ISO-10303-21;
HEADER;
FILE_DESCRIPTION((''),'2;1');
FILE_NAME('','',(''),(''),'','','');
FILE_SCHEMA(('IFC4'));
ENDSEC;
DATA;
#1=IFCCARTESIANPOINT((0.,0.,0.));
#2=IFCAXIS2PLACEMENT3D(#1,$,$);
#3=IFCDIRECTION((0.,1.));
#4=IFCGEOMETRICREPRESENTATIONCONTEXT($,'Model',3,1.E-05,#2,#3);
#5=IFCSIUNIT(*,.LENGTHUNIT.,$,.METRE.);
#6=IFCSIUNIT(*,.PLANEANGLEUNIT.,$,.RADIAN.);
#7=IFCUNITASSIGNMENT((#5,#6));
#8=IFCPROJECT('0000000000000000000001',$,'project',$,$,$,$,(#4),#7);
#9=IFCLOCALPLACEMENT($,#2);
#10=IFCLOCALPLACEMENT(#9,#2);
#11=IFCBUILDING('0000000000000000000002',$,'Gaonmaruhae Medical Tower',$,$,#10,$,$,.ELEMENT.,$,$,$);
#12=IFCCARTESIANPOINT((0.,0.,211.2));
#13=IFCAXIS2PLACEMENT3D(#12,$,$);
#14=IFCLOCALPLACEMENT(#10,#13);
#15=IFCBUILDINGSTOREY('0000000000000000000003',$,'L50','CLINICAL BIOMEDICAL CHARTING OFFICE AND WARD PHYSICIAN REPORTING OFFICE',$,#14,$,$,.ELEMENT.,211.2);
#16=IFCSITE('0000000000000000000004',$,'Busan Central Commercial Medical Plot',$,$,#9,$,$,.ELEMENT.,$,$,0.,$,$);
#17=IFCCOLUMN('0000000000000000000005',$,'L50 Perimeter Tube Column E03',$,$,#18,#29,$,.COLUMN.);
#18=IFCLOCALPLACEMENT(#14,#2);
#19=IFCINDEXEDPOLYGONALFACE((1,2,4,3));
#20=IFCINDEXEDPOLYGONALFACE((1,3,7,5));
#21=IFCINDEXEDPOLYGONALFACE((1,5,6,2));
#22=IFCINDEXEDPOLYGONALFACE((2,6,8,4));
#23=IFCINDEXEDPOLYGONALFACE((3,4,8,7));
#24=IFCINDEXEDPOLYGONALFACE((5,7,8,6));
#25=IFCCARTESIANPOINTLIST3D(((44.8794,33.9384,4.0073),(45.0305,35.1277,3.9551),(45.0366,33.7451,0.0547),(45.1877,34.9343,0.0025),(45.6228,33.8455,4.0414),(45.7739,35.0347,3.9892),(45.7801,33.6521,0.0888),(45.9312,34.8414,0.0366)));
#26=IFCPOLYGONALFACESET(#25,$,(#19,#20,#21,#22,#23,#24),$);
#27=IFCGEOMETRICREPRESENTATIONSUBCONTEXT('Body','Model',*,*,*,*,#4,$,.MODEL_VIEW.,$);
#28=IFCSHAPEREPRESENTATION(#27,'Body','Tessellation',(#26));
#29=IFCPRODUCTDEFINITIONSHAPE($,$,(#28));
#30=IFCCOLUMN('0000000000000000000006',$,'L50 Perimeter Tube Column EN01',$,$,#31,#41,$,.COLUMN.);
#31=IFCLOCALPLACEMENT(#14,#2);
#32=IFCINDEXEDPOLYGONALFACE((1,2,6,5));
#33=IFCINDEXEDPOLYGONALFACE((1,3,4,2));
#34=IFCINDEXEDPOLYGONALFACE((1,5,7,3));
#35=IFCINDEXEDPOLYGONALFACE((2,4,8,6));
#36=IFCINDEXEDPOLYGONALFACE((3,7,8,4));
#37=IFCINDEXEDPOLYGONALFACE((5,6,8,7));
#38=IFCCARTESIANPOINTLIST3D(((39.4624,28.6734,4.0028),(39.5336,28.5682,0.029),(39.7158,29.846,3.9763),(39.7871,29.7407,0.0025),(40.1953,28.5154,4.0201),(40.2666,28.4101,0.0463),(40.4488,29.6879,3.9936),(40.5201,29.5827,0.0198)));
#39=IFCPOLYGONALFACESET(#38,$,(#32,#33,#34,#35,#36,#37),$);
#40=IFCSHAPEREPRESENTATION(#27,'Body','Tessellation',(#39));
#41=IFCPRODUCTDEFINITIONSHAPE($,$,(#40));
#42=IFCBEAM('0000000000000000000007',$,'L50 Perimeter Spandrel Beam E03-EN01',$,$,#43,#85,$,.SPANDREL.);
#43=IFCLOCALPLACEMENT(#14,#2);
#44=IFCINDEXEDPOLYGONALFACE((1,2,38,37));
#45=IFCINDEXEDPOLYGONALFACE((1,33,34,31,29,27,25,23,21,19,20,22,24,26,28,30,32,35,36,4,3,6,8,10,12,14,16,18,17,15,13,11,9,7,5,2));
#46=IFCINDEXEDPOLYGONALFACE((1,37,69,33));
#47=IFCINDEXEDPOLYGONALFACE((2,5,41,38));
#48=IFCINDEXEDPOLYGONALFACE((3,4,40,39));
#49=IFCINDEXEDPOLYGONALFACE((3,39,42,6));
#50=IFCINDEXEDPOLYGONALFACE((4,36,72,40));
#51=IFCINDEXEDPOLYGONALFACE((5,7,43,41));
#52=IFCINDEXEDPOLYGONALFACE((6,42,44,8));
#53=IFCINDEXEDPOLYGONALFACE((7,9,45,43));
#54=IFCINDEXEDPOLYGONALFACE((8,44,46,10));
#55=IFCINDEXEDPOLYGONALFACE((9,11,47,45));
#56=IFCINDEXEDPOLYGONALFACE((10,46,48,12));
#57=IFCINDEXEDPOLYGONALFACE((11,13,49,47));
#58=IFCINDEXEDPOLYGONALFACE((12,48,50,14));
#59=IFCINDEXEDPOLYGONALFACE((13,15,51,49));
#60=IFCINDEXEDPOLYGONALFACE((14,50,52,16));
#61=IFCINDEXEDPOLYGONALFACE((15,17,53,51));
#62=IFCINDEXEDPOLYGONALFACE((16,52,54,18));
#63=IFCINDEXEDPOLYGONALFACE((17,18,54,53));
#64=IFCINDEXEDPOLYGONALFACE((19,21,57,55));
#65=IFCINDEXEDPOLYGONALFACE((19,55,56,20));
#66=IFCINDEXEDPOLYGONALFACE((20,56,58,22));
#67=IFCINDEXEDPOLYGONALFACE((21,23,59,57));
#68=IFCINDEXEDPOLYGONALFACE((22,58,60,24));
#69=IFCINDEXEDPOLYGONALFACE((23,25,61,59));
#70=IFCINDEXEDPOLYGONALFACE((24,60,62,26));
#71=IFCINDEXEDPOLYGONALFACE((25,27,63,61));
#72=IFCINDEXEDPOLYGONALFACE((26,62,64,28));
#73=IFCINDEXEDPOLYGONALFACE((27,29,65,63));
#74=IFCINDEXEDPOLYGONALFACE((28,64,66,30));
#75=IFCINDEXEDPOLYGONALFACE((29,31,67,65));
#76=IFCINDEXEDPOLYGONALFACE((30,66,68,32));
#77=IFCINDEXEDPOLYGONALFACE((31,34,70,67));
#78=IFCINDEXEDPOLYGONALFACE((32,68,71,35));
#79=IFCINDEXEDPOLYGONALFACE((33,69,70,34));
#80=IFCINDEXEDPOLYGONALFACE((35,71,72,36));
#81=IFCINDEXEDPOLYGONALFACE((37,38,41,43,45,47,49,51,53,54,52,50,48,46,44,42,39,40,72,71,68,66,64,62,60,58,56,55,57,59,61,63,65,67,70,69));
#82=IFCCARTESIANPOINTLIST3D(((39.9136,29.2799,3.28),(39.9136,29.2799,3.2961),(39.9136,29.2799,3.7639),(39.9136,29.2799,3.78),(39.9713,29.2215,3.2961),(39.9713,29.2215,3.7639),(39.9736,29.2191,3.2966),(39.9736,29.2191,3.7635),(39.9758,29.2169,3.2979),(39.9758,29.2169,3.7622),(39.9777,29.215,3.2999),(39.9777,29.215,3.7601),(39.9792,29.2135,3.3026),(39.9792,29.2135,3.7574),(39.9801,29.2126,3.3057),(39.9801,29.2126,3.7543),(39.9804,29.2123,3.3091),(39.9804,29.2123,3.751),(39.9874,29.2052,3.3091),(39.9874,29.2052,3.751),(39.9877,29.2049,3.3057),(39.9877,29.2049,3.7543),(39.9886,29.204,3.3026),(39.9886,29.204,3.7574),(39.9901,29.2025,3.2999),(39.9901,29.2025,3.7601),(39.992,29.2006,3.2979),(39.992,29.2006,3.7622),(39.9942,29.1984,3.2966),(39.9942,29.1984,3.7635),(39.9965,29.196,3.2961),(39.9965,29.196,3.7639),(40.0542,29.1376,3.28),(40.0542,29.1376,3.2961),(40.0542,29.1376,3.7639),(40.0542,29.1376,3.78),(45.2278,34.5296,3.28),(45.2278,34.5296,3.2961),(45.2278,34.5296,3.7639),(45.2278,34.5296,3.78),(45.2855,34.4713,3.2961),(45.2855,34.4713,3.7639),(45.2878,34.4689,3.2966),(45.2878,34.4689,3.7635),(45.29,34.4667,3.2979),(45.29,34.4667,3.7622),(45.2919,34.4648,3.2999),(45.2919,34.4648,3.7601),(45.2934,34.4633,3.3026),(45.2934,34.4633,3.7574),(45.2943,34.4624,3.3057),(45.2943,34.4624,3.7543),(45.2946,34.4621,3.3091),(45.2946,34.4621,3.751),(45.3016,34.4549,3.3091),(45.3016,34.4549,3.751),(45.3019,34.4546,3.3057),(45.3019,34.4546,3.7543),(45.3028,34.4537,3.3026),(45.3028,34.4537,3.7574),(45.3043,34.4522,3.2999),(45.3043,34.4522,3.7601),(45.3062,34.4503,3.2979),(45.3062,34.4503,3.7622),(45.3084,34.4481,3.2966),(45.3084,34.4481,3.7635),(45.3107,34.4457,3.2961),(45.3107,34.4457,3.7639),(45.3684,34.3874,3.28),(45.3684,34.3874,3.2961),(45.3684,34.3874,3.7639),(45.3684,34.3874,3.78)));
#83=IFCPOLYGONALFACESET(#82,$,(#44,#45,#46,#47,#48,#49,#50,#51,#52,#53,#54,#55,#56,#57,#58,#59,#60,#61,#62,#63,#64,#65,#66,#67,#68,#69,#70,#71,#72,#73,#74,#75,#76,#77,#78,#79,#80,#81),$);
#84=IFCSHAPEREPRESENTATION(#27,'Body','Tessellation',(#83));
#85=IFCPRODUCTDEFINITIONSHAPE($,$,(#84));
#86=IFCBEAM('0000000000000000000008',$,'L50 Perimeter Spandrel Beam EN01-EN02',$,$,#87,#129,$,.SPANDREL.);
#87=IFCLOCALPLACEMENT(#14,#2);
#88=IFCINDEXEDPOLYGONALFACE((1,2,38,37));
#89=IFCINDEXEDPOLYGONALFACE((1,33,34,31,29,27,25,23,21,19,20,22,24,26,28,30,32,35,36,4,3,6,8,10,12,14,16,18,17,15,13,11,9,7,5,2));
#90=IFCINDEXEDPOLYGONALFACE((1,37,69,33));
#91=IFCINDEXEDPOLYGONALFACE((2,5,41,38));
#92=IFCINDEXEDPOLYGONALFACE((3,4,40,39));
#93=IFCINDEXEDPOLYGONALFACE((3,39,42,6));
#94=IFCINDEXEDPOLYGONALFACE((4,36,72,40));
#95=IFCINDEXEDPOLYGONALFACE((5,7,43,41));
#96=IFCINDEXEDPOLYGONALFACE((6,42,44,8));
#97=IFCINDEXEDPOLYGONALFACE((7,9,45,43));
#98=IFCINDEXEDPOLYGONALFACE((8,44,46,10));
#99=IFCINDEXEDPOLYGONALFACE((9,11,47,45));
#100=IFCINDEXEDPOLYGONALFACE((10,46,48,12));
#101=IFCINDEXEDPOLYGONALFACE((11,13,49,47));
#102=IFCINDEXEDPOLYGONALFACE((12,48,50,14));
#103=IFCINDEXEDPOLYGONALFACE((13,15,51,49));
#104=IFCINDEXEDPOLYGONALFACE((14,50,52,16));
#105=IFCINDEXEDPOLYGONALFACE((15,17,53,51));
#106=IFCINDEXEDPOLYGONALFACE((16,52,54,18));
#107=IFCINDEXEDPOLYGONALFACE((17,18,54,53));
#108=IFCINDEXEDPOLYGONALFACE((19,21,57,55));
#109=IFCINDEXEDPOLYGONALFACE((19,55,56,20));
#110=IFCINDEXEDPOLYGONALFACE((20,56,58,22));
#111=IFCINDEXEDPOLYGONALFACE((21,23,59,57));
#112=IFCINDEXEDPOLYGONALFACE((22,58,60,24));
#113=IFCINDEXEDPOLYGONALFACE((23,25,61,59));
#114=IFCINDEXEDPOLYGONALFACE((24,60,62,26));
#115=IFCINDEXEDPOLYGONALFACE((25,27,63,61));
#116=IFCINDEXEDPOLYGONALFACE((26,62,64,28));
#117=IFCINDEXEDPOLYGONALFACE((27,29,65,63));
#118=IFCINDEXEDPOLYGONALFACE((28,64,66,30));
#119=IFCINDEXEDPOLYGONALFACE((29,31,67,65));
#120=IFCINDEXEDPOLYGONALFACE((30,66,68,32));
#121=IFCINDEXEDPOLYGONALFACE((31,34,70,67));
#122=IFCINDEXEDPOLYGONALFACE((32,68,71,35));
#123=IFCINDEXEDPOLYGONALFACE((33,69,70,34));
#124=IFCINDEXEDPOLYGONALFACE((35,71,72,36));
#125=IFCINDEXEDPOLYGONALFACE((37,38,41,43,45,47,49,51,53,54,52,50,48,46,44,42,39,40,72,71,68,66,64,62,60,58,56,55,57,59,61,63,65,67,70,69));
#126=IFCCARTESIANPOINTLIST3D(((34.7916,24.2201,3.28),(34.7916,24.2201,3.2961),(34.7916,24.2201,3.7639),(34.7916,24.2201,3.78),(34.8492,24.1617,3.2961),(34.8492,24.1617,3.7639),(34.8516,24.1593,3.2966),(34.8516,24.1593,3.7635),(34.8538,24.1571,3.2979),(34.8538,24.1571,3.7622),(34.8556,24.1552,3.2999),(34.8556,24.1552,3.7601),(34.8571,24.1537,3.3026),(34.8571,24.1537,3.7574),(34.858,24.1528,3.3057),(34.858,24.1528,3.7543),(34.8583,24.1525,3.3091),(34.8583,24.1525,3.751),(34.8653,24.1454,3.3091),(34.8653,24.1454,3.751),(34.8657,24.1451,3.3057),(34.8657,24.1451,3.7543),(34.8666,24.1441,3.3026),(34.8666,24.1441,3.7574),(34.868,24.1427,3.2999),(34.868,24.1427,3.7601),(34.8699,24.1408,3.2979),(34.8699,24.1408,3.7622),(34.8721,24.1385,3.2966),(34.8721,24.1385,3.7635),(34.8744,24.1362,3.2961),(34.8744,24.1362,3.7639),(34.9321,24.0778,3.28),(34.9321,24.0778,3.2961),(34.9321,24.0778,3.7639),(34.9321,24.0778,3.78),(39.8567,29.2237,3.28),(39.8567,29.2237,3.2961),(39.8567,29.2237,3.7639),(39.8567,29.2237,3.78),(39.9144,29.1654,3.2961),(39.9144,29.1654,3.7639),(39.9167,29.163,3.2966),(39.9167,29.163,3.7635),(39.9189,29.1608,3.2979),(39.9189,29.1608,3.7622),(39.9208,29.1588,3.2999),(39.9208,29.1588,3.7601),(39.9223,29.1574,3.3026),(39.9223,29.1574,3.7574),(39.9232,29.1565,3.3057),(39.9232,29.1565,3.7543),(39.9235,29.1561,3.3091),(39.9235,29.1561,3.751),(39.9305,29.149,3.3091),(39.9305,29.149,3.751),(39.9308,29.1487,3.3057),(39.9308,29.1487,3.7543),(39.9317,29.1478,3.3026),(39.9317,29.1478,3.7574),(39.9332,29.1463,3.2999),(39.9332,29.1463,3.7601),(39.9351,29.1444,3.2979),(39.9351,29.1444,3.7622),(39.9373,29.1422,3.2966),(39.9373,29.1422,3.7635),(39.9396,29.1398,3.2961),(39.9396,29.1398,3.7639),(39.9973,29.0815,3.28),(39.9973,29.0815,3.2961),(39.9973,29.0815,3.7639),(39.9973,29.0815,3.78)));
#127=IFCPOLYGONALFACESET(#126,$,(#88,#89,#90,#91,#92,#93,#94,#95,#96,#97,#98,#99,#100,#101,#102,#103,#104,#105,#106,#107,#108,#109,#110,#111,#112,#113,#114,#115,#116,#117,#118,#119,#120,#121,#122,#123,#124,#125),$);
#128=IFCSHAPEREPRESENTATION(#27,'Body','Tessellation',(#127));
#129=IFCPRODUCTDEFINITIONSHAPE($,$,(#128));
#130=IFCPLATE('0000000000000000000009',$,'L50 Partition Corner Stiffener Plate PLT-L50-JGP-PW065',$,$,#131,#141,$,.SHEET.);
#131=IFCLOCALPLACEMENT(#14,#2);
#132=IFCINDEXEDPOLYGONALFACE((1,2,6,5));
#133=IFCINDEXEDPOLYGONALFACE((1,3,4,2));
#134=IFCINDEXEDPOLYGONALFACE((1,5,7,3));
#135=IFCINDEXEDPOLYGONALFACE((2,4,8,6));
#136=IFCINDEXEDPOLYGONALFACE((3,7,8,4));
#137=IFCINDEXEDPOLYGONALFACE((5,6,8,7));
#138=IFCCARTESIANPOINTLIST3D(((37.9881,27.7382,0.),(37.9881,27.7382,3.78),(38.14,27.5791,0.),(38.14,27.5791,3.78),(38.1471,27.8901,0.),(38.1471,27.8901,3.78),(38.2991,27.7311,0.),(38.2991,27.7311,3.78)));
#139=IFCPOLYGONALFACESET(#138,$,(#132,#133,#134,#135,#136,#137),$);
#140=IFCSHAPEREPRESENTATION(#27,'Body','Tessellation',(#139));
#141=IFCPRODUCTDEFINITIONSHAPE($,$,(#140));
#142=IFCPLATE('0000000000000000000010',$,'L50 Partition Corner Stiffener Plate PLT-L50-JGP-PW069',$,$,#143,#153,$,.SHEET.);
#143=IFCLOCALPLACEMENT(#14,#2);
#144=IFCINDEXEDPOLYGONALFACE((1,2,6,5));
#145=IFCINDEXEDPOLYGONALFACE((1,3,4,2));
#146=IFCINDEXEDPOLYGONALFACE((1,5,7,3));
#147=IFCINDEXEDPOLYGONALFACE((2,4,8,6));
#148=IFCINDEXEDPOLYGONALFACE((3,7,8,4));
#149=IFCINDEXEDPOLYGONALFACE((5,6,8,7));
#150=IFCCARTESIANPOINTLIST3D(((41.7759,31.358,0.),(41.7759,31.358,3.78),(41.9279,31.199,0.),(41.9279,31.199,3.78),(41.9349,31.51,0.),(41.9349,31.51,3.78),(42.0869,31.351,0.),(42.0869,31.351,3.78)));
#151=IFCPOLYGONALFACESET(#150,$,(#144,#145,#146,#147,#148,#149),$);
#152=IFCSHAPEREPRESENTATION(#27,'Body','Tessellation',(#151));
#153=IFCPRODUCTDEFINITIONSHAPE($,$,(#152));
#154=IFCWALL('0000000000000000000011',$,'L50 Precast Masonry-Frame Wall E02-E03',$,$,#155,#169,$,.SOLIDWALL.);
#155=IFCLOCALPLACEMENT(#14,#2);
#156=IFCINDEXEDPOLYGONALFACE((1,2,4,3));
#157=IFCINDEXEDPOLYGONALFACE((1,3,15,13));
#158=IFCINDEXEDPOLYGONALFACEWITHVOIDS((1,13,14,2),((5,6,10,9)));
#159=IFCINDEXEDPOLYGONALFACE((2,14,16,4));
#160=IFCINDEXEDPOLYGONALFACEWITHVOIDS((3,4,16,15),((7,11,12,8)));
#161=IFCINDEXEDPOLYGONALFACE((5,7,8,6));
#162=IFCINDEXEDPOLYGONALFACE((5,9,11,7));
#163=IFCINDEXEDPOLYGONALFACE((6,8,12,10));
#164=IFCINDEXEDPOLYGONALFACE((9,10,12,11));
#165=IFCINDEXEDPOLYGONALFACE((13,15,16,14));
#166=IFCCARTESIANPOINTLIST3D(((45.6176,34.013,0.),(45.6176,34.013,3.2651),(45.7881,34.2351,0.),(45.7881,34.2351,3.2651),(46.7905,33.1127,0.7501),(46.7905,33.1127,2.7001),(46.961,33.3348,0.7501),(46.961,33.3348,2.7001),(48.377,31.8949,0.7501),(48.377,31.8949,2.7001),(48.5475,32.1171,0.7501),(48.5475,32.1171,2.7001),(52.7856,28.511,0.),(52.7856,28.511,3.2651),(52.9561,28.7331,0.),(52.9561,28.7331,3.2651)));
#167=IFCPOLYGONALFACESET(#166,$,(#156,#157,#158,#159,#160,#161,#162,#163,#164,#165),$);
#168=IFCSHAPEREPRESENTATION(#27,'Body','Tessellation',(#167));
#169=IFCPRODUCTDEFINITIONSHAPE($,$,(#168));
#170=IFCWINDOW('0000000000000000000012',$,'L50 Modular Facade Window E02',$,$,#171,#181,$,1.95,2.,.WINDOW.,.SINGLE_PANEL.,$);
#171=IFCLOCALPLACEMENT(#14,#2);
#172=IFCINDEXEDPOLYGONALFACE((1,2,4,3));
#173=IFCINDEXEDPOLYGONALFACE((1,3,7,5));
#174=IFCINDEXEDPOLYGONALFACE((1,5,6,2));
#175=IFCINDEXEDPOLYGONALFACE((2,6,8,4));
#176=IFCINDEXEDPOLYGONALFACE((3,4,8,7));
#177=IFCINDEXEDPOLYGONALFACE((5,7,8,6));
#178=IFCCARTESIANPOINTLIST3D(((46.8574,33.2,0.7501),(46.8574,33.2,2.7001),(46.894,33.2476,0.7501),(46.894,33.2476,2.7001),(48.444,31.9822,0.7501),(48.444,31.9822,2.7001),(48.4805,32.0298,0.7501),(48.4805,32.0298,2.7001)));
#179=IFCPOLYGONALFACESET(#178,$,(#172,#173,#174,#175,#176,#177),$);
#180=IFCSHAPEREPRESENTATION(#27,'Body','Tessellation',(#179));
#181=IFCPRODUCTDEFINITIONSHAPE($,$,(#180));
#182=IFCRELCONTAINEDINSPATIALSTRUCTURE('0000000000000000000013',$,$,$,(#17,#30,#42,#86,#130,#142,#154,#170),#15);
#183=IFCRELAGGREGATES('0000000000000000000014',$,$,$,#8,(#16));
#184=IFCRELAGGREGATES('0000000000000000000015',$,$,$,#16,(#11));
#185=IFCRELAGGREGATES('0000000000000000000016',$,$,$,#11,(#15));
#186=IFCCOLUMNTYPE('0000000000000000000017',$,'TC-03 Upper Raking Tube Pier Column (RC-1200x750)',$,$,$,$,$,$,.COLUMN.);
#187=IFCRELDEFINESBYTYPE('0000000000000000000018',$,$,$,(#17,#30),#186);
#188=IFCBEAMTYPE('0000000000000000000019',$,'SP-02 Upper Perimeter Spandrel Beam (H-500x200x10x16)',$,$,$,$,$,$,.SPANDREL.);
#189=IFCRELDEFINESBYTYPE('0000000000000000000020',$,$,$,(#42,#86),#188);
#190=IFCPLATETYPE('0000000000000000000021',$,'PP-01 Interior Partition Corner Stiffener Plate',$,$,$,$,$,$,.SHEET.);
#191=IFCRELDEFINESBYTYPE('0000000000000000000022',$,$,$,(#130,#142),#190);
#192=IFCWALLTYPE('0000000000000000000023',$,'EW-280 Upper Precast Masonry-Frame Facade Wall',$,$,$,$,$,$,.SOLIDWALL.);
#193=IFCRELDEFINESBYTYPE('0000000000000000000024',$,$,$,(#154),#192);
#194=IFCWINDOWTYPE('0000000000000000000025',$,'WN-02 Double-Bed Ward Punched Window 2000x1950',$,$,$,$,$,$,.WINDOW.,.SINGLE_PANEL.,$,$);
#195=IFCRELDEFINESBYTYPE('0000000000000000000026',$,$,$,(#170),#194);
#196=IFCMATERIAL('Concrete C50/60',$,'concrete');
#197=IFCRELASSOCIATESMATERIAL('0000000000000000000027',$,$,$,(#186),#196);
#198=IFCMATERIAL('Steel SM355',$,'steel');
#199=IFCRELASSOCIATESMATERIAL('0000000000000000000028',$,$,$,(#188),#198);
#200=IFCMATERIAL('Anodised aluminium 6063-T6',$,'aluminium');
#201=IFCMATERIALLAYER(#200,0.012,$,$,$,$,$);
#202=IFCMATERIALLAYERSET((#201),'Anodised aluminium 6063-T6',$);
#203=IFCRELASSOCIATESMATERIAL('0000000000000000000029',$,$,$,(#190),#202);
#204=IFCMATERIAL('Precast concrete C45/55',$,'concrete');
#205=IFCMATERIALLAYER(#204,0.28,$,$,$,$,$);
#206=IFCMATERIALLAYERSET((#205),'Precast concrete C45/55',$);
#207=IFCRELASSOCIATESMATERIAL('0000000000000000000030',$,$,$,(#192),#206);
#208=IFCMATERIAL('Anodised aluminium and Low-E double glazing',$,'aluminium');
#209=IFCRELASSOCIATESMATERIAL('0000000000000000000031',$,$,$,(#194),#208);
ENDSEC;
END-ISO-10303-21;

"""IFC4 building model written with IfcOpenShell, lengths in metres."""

from ifc_helpers import new_model, si_unit, direction, frame, frame_2d, origin, origin_2d, place, context, subcontext, project, spatial, rectangle, i_section, extrude, material, layer, layer_set, material_profile, profile_set, type_object, element, fill, save


model = new_model("IFC4")

# Units and contexts
model_context = context("Model", 3, precision=1e-05, world=origin(), true_north=direction((0.0, 1.0)))
body_context = subcontext(model_context, "Body", "Model", "MODEL_VIEW")
ifc_project = project(units=[si_unit("LENGTHUNIT", "METRE"), si_unit("PLANEANGLEUNIT", "RADIAN")], contexts=[model_context])

# Site, building, storey
site_placement = place(None, origin())
site = spatial("IfcSite", under=ifc_project, at=site_placement, Name="Busan Central Commercial Medical Plot", CompositionType="ELEMENT", RefElevation=0.0)
building_placement = place(site_placement, origin())
building = spatial("IfcBuilding", under=site, at=building_placement, Name="Gaonmaruhae Medical Tower", CompositionType="ELEMENT")
storey_placement = place(building_placement, frame((0.0, 0.0, 211.2)))
storey = spatial("IfcBuildingStorey", under=building, at=storey_placement, Name="L50", Description="CLINICAL BIOMEDICAL CHARTING OFFICE AND WARD PHYSICIAN REPORTING OFFICE", CompositionType="ELEMENT", Elevation=211.2)

# Columns
ifc_material_1 = material(Name="Concrete C50/60", Category="concrete")
ifc_material_profile_1 = material_profile(ifc_material_1, rectangle(XDim=1.2, YDim=0.75, at=origin_2d()), Name="RC-1200x750")
ifc_profile_set_1 = profile_set([ifc_material_profile_1], Name="Concrete C50/60")
column_type = type_object("IfcColumnType", Name="TC-03 Upper Raking Tube Pier Column (RC-1200x750)", PredefinedType="COLUMN", material=ifc_profile_set_1)
column_1_placement = place(storey_placement, frame((45.4839, 34.2932, 0.0457), z_axis=(-0.039699, 0.048822, 0.998018), x_axis=(-0.125926, -0.991087, 0.043474)))
element("IfcColumn", 1, at=column_1_placement, inside=storey, type_object=column_type, Name="L50 Perimeter Tube Column E03", PredefinedType="COLUMN", context=body_context, shape_type="SweptSolid", body=[
    extrude(rectangle(XDim=1.2, YDim=0.75, at=origin_2d()), origin(), (0.0, 0.0, 1.0), 3.9604),
])
column_2_placement = place(storey_placement, frame((40.0269, 29.0754, 0.0244), z_axis=(-0.01793, 0.026466, 0.999489), x_axis=(-0.211226, -0.977188, 0.022086)))
element("IfcColumn", 2, at=column_2_placement, inside=storey, type_object=column_type, Name="L50 Perimeter Tube Column EN01", PredefinedType="COLUMN", context=body_context, shape_type="SweptSolid", body=[
    extrude(rectangle(XDim=1.2, YDim=0.75, at=origin_2d()), origin(), (0.0, 0.0, 1.0), 3.9758),
])

# Beams
ifc_material_2 = material(Name="Steel SM355", Category="steel")
ifc_material_profile_2 = material_profile(ifc_material_2, i_section(OverallWidth=0.2, OverallDepth=0.5, WebThickness=0.01, FlangeThickness=0.0161, FilletRadius=0.0129, at=origin_2d()), Name="H-500x200x10x16")
ifc_profile_set_2 = profile_set([ifc_material_profile_2], Name="Steel SM355")
beam_type = type_object("IfcBeamType", Name="SP-02 Upper Perimeter Spandrel Beam (H-500x200x10x16)", PredefinedType="SPANDREL", material=ifc_profile_set_2)
beam_1_placement = place(storey_placement, frame((45.2981, 34.4585, 3.53), z_axis=(-0.711408, -0.702779, 0.0), x_axis=(0.702779, -0.711408, 0.0)))
element("IfcBeam", 3, at=beam_1_placement, inside=storey, type_object=beam_type, Name="L50 Perimeter Spandrel Beam E03-EN01", PredefinedType="SPANDREL", context=body_context, shape_type="SweptSolid", body=[
    extrude(i_section(OverallWidth=0.2, OverallDepth=0.5, WebThickness=0.01, FlangeThickness=0.0161, FilletRadius=0.0129, at=origin_2d()), origin(), (0.0, 0.0, 1.0), 7.47),
])
beam_2_placement = place(storey_placement, frame((39.927, 29.1526, 3.53), z_axis=(-0.711414, -0.702773, 0.0), x_axis=(0.702773, -0.711414, 0.0)))
element("IfcBeam", 4, at=beam_2_placement, inside=storey, type_object=beam_type, Name="L50 Perimeter Spandrel Beam EN01-EN02", PredefinedType="SPANDREL", context=body_context, shape_type="SweptSolid", body=[
    extrude(i_section(OverallWidth=0.2, OverallDepth=0.5, WebThickness=0.01, FlangeThickness=0.0161, FilletRadius=0.0129, at=origin_2d()), origin(), (0.0, 0.0, 1.0), 7.1199),
])

# Plates
ifc_material_3 = material(Name="Anodised aluminium 6063-T6", Category="aluminium")
ifc_layer_1 = layer(ifc_material_3, 0.012)
ifc_layer_set_1 = layer_set([ifc_layer_1], Name="Anodised aluminium 6063-T6")
plate_type = type_object("IfcPlateType", Name="PP-01 Interior Partition Corner Stiffener Plate", PredefinedType="SHEET", material=ifc_layer_set_1)
for number, where, z_axis, x_axis, name in (
    (5, (38.1436, 27.7346, 0.0), (0.0, 0.0, 1.0), (0.690857, -0.722991, 0.0), "L50 Partition Corner Stiffener Plate PLT-L50-JGP-PW065"),
    (6, (41.9314, 31.3545, 0.0), (0.0, 0.0, 1.0), (0.690857, -0.722991, 0.0), "L50 Partition Corner Stiffener Plate PLT-L50-JGP-PW069"),
):
    element("IfcPlate", number, at=place(storey_placement, frame(where, z_axis=z_axis, x_axis=x_axis)), inside=storey, type_object=plate_type, Name=name, PredefinedType="SHEET", context=body_context, shape_type="SweptSolid", body=[
        extrude(rectangle(XDim=0.22, YDim=0.22, at=origin_2d()), origin(), (0.0, 0.0, 1.0), 3.78),
    ])

# Wall, opening, window
ifc_material_4 = material(Name="Precast concrete C45/55", Category="concrete")
ifc_layer_2 = layer(ifc_material_4, 0.28)
ifc_layer_set_2 = layer_set([ifc_layer_2], Name="Precast concrete C45/55")
wall_type_1 = type_object("IfcWallType", Name="EW-280 Upper Precast Masonry-Frame Facade Wall", PredefinedType="SOLIDWALL", material=ifc_layer_set_2)
wall_1_placement = place(storey_placement, frame((45.7029, 34.124, 0.0), z_axis=(0.0, 0.0, 1.0), x_axis=(0.793258, -0.608885, 0.0)))
wall_1 = element("IfcWall", 7, at=wall_1_placement, inside=storey, type_object=wall_type_1, Name="L50 Precast Masonry-Frame Wall E02-E03", PredefinedType="SOLIDWALL", context=body_context, shape_type="SweptSolid", body=[
    extrude(rectangle(XDim=9.0361, YDim=0.28, at=frame_2d((4.5181, 0.0))), origin(), (0.0, 0.0, 1.0), 3.2651),
])
opening_1_placement = place(wall_1_placement, frame((1.4785, 0.0, 0.75)))
opening_1 = element("IfcOpeningElement", 8, at=opening_1_placement, cuts=wall_1, PredefinedType="OPENING", context=body_context, shape_type="SweptSolid", body=[
    extrude(rectangle(XDim=2.0, YDim=1.95, at=frame_2d((1.0, 0.9751))), frame((0.0, 0.1499, 0.0), z_axis=(0.0, -1.0, 0.0), x_axis=(1.0, 0.0, 0.0)), (0.0, 0.0, 1.0), 0.3),
])
ifc_material_5 = material(Name="Anodised aluminium and Low-E double glazing", Category="aluminium")
window_type_1 = type_object("IfcWindowType", Name="WN-02 Double-Bed Ward Punched Window 2000x1950", PartitioningType="SINGLE_PANEL", PredefinedType="WINDOW", material=ifc_material_5)
window_1_placement = place(opening_1_placement, origin())
window_1 = element("IfcWindow", 9, at=window_1_placement, inside=storey, type_object=window_type_1, Name="L50 Modular Facade Window E02", OverallHeight=1.95, OverallWidth=2.0, PartitioningType="SINGLE_PANEL", PredefinedType="WINDOW", context=body_context, shape_type="SweptSolid", body=[
    extrude(rectangle(XDim=2.0, YDim=1.95, at=frame_2d((1.0, 0.9751))), frame((0.0, 0.03, 0.0), z_axis=(0.0, -1.0, 0.0), x_axis=(1.0, 0.0, 0.0)), (0.0, 0.0, 1.0), 0.0601),
])
fill(opening_1, window_1)

save(model, "model.ifc")
